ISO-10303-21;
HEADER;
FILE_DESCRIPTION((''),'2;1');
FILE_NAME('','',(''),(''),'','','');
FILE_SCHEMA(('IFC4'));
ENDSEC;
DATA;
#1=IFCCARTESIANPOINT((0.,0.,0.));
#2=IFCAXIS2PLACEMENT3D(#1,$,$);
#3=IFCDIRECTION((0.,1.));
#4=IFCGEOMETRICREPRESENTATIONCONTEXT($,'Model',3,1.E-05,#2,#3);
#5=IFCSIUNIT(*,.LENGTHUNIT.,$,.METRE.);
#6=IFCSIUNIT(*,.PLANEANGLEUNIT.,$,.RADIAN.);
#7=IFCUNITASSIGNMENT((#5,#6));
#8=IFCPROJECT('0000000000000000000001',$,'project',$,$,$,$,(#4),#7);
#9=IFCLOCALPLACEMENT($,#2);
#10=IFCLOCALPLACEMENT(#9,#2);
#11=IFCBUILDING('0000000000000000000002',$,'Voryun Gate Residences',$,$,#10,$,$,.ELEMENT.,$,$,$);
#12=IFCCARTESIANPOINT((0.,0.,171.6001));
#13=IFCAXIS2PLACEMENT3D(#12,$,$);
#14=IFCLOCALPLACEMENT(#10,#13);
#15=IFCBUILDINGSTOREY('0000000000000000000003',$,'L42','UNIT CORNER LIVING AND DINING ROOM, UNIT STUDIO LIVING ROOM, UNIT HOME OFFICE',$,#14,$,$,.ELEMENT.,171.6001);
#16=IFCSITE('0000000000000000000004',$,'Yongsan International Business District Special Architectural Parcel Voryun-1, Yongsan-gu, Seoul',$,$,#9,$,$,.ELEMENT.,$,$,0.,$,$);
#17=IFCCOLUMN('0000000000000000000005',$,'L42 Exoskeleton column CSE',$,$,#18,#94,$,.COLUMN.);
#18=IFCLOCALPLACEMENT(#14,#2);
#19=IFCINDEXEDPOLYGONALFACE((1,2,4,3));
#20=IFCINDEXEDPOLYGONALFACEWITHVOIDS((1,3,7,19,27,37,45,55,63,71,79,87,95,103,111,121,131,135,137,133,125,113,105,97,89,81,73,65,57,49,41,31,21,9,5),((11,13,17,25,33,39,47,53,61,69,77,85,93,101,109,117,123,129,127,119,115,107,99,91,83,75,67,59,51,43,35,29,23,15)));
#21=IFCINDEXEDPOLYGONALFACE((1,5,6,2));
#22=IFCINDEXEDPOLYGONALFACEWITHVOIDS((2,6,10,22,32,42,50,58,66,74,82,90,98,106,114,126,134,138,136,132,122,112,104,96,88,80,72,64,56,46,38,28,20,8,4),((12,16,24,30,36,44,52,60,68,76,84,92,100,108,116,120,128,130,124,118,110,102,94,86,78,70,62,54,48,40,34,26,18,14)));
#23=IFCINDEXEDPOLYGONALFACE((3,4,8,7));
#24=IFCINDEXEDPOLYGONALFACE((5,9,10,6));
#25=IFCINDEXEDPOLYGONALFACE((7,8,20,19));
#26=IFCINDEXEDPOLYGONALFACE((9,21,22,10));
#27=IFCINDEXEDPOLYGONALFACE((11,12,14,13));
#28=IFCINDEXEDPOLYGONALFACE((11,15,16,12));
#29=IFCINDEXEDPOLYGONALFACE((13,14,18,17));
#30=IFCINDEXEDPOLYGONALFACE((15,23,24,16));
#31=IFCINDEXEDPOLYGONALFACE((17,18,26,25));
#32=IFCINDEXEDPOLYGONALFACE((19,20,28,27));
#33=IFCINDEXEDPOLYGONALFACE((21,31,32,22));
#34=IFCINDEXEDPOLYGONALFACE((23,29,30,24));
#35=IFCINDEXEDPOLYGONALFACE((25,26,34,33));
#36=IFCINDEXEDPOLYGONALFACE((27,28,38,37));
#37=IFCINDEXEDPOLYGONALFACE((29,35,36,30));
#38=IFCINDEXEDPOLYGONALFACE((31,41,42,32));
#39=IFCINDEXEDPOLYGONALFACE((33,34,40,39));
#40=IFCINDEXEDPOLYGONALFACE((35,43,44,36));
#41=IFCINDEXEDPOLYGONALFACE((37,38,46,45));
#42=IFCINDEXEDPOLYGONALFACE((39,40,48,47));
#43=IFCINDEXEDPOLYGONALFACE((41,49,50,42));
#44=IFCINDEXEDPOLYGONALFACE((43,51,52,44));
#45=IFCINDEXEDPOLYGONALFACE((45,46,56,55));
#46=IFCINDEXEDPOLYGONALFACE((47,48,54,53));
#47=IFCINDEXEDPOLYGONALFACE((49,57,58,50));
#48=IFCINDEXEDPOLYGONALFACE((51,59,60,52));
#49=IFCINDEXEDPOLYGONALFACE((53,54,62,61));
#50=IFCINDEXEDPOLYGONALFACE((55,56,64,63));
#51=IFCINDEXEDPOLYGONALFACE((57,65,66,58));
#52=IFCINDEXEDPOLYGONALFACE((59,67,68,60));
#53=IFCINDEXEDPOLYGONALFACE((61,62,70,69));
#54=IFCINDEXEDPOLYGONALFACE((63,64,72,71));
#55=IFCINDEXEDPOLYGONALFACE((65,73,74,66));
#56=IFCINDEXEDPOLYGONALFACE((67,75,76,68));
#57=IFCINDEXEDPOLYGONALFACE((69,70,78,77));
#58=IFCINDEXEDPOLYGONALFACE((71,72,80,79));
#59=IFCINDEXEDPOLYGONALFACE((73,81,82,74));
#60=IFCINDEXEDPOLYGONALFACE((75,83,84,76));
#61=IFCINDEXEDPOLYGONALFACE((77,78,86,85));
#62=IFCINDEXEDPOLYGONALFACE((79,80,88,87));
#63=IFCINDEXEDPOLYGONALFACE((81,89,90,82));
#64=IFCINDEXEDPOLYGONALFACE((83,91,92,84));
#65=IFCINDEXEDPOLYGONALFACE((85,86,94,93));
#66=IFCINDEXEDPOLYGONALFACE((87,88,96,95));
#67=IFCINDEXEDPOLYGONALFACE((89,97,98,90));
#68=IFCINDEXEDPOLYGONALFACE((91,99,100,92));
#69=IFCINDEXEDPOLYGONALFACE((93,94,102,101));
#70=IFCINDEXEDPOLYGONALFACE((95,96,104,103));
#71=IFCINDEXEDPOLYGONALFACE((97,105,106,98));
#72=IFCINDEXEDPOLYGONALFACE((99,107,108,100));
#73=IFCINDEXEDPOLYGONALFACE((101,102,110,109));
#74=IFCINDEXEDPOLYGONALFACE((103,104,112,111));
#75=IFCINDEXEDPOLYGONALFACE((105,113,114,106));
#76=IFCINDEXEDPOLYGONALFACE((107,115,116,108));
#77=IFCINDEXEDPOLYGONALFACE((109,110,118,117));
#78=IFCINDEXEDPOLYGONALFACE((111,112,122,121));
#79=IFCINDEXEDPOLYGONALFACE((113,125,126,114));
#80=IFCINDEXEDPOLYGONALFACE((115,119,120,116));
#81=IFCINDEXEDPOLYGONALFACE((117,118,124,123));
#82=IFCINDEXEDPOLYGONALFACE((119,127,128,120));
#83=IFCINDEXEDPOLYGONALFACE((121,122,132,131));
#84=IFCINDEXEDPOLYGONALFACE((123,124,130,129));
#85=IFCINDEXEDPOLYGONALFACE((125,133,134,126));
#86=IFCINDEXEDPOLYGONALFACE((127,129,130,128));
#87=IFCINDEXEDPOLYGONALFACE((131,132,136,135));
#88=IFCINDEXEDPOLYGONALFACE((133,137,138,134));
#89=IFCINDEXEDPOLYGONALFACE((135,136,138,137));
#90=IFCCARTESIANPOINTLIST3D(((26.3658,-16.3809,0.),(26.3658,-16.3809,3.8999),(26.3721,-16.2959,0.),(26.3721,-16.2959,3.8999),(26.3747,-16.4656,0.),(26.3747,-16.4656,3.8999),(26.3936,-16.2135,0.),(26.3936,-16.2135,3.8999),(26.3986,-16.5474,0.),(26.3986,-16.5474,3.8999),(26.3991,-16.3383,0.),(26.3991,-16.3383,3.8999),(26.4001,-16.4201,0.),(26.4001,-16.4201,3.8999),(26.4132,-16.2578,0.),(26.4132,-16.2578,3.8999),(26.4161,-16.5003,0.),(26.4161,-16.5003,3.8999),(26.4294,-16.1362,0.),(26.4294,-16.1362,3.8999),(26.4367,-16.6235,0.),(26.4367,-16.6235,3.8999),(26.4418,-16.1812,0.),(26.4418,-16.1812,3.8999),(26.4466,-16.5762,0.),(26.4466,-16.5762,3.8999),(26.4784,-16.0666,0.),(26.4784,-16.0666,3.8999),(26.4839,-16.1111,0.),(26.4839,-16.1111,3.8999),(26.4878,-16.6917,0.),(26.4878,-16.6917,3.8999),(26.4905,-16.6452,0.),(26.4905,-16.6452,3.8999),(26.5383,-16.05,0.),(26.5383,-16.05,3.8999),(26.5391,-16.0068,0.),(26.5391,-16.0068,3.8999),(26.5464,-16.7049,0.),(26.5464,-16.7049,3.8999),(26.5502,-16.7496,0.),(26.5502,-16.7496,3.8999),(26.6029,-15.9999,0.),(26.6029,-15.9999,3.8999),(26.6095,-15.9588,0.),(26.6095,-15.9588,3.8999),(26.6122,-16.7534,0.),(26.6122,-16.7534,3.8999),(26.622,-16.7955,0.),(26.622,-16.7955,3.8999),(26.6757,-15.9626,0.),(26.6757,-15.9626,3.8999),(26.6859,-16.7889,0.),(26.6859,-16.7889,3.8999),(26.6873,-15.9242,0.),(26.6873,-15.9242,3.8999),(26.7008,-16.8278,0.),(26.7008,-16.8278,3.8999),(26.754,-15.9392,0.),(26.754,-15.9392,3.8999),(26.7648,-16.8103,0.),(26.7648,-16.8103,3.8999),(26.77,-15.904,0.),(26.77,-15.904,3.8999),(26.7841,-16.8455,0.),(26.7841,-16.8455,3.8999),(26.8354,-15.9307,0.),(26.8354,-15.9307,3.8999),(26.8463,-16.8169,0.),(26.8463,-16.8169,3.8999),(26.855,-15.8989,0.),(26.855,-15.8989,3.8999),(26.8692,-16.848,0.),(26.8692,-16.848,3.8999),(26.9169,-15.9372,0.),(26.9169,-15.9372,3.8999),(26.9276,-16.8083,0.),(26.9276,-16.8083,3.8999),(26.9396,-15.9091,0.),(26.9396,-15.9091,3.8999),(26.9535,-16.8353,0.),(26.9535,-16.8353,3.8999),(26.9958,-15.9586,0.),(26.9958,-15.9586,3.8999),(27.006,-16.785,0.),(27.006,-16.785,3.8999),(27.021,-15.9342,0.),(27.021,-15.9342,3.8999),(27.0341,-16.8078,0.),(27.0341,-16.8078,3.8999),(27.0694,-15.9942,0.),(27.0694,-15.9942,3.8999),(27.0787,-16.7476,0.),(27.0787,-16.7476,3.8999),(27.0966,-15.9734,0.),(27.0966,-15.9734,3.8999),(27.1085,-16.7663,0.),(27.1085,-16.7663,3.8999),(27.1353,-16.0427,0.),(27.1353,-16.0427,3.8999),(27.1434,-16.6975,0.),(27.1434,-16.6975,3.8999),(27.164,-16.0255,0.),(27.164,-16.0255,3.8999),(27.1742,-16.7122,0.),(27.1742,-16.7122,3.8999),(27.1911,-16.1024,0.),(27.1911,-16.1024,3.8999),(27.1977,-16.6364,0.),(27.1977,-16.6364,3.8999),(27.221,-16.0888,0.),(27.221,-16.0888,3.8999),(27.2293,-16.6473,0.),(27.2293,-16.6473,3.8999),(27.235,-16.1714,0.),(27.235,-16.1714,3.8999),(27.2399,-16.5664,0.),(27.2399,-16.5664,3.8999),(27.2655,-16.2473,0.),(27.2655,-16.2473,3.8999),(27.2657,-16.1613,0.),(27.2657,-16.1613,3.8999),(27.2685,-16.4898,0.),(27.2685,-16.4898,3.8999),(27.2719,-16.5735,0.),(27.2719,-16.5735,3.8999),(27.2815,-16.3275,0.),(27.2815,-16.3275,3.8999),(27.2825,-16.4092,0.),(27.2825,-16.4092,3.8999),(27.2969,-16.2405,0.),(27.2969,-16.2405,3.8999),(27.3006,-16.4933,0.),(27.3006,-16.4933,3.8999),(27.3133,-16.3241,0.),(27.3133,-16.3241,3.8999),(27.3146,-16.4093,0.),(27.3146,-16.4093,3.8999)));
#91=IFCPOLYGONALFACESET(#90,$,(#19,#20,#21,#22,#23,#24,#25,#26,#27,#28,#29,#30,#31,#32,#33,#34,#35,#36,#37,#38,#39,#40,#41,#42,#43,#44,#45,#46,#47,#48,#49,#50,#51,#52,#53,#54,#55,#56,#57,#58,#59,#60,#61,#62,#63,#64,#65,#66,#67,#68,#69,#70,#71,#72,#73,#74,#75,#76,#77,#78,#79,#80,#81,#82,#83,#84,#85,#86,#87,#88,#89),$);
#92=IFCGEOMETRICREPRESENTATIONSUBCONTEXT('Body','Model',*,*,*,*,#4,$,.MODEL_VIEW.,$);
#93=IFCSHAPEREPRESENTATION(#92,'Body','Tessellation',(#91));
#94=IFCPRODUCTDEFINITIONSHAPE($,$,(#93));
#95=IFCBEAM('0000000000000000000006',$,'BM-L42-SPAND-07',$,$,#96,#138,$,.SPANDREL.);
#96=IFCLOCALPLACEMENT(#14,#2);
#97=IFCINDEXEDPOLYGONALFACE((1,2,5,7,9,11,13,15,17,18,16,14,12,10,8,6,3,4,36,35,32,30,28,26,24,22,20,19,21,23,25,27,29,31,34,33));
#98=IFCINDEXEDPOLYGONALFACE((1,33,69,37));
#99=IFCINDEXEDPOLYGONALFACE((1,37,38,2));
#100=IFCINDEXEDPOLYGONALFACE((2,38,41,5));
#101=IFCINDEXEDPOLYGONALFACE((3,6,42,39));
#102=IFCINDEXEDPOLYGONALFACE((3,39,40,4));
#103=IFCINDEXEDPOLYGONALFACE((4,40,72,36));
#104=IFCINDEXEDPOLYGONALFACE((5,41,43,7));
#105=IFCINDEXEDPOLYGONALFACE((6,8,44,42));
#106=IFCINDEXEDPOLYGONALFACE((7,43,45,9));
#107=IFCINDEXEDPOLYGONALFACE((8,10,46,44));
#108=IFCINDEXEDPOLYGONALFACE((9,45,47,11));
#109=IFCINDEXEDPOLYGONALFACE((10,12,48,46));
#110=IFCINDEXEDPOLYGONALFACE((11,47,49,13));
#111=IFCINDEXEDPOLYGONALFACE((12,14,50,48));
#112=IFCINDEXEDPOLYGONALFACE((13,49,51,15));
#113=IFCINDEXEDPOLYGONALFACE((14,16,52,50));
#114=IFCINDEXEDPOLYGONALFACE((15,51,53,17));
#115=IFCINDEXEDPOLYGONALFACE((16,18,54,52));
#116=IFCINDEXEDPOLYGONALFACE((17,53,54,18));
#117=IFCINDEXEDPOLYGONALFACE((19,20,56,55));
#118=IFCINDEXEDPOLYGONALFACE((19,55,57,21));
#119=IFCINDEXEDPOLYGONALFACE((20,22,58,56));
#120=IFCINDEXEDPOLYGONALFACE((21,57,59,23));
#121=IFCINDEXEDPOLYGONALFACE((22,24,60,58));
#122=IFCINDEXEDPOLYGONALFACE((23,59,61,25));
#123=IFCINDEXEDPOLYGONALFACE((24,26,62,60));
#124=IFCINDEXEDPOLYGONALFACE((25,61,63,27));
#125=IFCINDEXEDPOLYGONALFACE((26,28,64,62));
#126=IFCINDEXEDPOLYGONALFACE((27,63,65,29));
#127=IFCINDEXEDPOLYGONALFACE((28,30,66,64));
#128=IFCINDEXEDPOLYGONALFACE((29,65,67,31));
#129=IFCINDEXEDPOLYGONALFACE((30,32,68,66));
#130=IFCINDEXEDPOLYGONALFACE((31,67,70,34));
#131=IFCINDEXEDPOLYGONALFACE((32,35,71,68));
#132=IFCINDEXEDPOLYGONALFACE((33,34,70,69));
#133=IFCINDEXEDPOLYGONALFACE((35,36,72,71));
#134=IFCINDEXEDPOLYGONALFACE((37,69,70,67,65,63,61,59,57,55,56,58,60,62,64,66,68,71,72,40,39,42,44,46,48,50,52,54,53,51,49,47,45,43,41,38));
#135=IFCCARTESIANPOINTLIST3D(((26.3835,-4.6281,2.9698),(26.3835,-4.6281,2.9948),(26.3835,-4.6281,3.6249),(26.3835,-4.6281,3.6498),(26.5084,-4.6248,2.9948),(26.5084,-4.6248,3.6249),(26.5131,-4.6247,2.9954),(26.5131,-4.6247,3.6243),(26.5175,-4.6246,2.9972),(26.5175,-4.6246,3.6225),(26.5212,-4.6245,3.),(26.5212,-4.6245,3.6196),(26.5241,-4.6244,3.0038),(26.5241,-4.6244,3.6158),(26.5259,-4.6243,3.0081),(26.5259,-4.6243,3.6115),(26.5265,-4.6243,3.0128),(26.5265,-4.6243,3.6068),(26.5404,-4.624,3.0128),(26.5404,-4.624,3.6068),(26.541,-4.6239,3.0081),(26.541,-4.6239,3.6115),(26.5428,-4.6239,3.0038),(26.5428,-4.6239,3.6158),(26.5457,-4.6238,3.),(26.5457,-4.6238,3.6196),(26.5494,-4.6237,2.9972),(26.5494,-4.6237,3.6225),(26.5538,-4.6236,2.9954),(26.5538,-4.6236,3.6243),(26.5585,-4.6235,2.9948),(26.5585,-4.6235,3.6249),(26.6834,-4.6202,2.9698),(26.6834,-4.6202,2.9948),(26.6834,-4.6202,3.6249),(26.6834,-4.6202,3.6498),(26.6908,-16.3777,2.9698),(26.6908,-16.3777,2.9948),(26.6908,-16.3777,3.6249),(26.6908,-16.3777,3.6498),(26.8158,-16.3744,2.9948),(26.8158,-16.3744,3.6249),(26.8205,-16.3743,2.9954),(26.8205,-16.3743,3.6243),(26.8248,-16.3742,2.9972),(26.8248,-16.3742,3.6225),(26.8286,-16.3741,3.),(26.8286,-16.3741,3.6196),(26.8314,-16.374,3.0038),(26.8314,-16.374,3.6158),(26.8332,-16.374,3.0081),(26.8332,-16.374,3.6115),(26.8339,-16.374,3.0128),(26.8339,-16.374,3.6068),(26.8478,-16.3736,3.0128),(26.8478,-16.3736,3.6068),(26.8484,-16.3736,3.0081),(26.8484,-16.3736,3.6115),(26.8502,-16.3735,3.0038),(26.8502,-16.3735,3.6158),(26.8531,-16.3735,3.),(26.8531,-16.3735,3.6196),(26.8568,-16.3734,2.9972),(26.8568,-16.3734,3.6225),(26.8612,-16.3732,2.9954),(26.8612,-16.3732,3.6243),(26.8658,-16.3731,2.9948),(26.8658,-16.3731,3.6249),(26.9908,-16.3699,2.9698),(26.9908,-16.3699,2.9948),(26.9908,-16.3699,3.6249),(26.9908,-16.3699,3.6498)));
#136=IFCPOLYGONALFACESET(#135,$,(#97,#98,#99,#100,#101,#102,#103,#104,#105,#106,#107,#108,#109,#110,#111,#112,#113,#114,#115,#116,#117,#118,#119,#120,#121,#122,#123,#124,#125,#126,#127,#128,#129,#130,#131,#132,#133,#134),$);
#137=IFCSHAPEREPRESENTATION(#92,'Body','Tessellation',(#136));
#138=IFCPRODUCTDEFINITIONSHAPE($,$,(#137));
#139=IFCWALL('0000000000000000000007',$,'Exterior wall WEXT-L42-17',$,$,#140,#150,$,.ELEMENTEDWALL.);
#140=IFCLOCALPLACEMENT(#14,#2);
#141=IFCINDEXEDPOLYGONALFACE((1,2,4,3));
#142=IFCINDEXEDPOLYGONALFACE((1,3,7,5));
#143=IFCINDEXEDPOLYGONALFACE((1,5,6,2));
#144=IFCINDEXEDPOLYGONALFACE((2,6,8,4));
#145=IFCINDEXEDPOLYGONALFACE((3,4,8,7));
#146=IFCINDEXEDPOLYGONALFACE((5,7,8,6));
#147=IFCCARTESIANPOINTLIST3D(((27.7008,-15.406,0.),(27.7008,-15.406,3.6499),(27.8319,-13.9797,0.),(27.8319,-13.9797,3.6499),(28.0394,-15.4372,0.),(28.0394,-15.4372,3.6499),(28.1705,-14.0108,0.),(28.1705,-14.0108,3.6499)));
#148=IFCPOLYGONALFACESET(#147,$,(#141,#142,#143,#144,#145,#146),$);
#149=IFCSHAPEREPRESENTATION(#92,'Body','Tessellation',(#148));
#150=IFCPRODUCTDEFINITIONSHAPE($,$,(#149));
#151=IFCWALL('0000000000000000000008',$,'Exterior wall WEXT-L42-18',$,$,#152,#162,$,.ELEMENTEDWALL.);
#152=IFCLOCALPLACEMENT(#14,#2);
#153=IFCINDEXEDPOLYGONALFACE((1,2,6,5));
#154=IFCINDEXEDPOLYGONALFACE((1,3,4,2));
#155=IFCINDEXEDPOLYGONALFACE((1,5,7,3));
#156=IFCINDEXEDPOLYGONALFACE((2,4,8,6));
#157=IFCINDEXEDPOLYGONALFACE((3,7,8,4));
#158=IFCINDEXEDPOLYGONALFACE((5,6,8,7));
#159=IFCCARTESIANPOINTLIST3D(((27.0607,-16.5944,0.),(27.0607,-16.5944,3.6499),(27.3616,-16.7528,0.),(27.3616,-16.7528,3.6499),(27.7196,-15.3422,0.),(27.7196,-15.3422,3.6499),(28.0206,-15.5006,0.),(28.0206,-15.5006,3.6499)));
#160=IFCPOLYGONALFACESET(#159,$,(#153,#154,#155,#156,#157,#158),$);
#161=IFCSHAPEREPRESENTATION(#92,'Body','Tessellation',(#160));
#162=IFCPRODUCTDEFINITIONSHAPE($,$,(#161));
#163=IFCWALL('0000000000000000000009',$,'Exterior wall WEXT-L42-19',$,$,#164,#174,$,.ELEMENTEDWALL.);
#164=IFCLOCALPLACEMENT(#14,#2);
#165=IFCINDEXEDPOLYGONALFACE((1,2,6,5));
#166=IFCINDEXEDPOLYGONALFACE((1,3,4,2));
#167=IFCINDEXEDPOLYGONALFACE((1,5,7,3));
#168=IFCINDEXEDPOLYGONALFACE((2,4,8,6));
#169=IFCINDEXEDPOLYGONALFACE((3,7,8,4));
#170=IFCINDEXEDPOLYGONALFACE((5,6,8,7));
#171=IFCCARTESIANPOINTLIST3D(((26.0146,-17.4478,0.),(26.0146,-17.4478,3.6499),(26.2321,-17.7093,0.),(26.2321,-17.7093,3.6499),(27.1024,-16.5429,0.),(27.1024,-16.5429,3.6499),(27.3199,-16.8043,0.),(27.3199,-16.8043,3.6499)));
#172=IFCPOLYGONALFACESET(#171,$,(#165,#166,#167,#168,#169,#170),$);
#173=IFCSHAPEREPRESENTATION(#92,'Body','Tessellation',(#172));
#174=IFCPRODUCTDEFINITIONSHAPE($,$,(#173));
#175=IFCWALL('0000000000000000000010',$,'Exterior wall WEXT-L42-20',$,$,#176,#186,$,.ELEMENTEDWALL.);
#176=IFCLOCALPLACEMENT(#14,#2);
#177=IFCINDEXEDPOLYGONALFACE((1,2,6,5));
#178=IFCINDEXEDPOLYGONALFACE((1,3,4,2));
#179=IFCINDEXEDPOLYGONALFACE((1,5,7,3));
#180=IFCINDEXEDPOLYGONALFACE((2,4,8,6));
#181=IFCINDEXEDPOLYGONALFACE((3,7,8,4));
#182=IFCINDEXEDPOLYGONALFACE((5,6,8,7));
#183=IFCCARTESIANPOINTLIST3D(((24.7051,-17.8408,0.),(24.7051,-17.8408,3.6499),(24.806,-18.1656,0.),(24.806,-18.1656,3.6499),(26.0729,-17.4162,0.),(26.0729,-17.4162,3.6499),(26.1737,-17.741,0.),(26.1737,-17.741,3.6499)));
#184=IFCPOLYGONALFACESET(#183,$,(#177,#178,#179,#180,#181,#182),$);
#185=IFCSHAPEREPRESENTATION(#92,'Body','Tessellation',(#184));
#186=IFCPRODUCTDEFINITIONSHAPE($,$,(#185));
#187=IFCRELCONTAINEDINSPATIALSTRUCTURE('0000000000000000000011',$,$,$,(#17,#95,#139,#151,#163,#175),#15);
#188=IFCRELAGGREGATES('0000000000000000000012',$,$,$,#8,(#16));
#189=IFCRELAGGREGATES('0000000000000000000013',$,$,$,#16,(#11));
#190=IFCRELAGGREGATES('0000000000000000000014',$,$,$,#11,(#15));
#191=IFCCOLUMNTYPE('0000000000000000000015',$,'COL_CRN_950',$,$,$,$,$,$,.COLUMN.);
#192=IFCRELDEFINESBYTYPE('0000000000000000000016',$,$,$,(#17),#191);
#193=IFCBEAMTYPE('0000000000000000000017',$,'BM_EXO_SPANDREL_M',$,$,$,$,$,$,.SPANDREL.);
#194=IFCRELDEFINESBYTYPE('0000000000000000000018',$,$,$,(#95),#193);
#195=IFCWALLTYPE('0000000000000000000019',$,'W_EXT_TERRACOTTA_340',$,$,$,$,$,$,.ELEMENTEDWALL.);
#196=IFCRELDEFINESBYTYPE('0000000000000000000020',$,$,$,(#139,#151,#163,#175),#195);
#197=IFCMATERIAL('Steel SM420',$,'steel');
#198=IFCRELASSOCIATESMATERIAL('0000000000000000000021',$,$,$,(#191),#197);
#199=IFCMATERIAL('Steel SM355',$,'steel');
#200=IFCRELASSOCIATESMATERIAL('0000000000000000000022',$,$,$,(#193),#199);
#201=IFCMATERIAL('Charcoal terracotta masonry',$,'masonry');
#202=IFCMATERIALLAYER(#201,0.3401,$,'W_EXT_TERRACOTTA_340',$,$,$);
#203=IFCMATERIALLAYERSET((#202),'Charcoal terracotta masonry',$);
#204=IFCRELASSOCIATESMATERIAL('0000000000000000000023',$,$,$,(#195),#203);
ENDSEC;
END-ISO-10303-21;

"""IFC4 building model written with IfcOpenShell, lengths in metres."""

from ifc_helpers import new_model, si_unit, direction, frame, frame_2d, origin, origin_2d, place, context, subcontext, project, spatial, rectangle, hollow_circle, i_section, extrude, material, layer, layer_set, material_profile, profile_set, type_object, element, save


model = new_model("IFC4")

# Units and contexts
model_context = context("Model", 3, precision=1e-05, world=origin(), true_north=direction((0.0, 1.0)))
body_context = subcontext(model_context, "Body", "Model", "MODEL_VIEW")
ifc_project = project(units=[si_unit("LENGTHUNIT", "METRE"), si_unit("PLANEANGLEUNIT", "RADIAN")], contexts=[model_context])

# Site, building, storey
site_placement = place(None, origin())
site = spatial("IfcSite", under=ifc_project, at=site_placement, Name="Yongsan International Business District Special Architectural Parcel Voryun-1, Yongsan-gu, Seoul", CompositionType="ELEMENT", RefElevation=0.0)
building_placement = place(site_placement, origin())
building = spatial("IfcBuilding", under=site, at=building_placement, Name="Voryun Gate Residences", CompositionType="ELEMENT")
storey_placement = place(building_placement, frame((0.0, 0.0, 171.6001)))
storey = spatial("IfcBuildingStorey", under=building, at=storey_placement, Name="L42", Description="UNIT CORNER LIVING AND DINING ROOM, UNIT STUDIO LIVING ROOM, UNIT HOME OFFICE", CompositionType="ELEMENT", Elevation=171.6001)

# Column
ifc_material_1 = material(Name="Steel SM420", Category="steel")
ifc_material_profile_1 = material_profile(ifc_material_1, hollow_circle(Radius=0.4751, WallThickness=0.032, at=origin_2d()), Name="CHS-950x32")
ifc_profile_set_1 = profile_set([ifc_material_profile_1], Name="Steel SM420")
column_type = type_object("IfcColumnType", Name="COL_CRN_950", PredefinedType="COLUMN", material=ifc_profile_set_1)
column_placement = place(storey_placement, frame((26.8408, -16.3738, 0.0), z_axis=(0.0, 0.0, 1.0), x_axis=(0.994522, 0.104528, 0.0)))
element("IfcColumn", 1, at=column_placement, inside=storey, type_object=column_type, Name="L42 Exoskeleton column CSE", PredefinedType="COLUMN", context=body_context, shape_type="SweptSolid", body=[
    extrude(hollow_circle(Radius=0.4751, WallThickness=0.032, at=origin_2d()), origin(), (0.0, 0.0, 1.0), 3.8999),
])

# Beam
ifc_material_2 = material(Name="Steel SM355", Category="steel")
ifc_material_profile_2 = material_profile(ifc_material_2, i_section(OverallWidth=0.3, OverallDepth=0.6799, WebThickness=0.0139, FlangeThickness=0.0249, FilletRadius=0.0181, at=origin_2d()), Name="H-680x300x14x25")
ifc_profile_set_2 = profile_set([ifc_material_profile_2], Name="Steel SM355")
beam_type = type_object("IfcBeamType", Name="BM_EXO_SPANDREL_M", PredefinedType="SPANDREL", material=ifc_profile_set_2)
beam_placement = place(storey_placement, frame((26.8408, -16.3738, 3.3098), z_axis=(-0.026151, 0.999658, 0.0), x_axis=(-0.999658, -0.026151, 0.0)))
element("IfcBeam", 2, at=beam_placement, inside=storey, type_object=beam_type, Name="BM-L42-SPAND-07", PredefinedType="SPANDREL", context=body_context, shape_type="SweptSolid", body=[
    extrude(i_section(OverallWidth=0.3, OverallDepth=0.6799, WebThickness=0.0139, FlangeThickness=0.0249, FilletRadius=0.0181, at=origin_2d()), origin(), (0.0, 0.0, 1.0), 11.7537),
])

# Shared definitions
ifc_material_3 = material(Name="Charcoal terracotta masonry", Category="masonry")
ifc_layer = layer(ifc_material_3, 0.3401, Name="W_EXT_TERRACOTTA_340")
ifc_layer_set = layer_set([ifc_layer], Name="Charcoal terracotta masonry")
wall_type = type_object("IfcWallType", Name="W_EXT_TERRACOTTA_340", PredefinedType="ELEMENTEDWALL", material=ifc_layer_set)

# Walls
wall_1_placement = place(storey_placement, frame((28.0012, -13.9951, 0.0), z_axis=(0.0, 0.0, 1.0), x_axis=(-0.091535, -0.995802, 0.0)))
element("IfcWall", 3, at=wall_1_placement, inside=storey, type_object=wall_type, Name="Exterior wall WEXT-L42-17", PredefinedType="ELEMENTEDWALL", context=body_context, shape_type="SweptSolid", body=[
    extrude(rectangle(XDim=1.4324, YDim=0.3401, at=frame_2d((0.7163, 0.0))), origin(), (0.0, 0.0, 1.0), 3.6499),
])
for number, where, z_axis, x_axis, name in (
    (4, (27.8701, -15.4214, 0.0), (0.0, 0.0, 1.0), (-0.465682, -0.884952, 0.0), "Exterior wall WEXT-L42-18"),
    (5, (27.2112, -16.6736, 0.0), (0.0, 0.0, 1.0), (-0.768758, -0.639539, 0.0), "Exterior wall WEXT-L42-19"),
):
    element("IfcWall", number, at=place(storey_placement, frame(where, z_axis=z_axis, x_axis=x_axis)), inside=storey, type_object=wall_type, Name=name, PredefinedType="ELEMENTEDWALL", context=body_context, shape_type="SweptSolid", body=[
        extrude(rectangle(XDim=1.415, YDim=0.3401, at=frame_2d((0.7075, 0.0))), origin(), (0.0, 0.0, 1.0), 3.6499),
    ])
wall_2_placement = place(storey_placement, frame((26.1233, -17.5786, 0.0), z_axis=(0.0, 0.0, 1.0), x_axis=(-0.955043, -0.296469, 0.0)))
element("IfcWall", 6, at=wall_2_placement, inside=storey, type_object=wall_type, Name="Exterior wall WEXT-L42-20", PredefinedType="ELEMENTEDWALL", context=body_context, shape_type="SweptSolid", body=[
    extrude(rectangle(XDim=1.4321, YDim=0.3401, at=frame_2d((0.7161, 0.0))), origin(), (0.0, 0.0, 1.0), 3.6499),
])

save(model, "model.ifc")
